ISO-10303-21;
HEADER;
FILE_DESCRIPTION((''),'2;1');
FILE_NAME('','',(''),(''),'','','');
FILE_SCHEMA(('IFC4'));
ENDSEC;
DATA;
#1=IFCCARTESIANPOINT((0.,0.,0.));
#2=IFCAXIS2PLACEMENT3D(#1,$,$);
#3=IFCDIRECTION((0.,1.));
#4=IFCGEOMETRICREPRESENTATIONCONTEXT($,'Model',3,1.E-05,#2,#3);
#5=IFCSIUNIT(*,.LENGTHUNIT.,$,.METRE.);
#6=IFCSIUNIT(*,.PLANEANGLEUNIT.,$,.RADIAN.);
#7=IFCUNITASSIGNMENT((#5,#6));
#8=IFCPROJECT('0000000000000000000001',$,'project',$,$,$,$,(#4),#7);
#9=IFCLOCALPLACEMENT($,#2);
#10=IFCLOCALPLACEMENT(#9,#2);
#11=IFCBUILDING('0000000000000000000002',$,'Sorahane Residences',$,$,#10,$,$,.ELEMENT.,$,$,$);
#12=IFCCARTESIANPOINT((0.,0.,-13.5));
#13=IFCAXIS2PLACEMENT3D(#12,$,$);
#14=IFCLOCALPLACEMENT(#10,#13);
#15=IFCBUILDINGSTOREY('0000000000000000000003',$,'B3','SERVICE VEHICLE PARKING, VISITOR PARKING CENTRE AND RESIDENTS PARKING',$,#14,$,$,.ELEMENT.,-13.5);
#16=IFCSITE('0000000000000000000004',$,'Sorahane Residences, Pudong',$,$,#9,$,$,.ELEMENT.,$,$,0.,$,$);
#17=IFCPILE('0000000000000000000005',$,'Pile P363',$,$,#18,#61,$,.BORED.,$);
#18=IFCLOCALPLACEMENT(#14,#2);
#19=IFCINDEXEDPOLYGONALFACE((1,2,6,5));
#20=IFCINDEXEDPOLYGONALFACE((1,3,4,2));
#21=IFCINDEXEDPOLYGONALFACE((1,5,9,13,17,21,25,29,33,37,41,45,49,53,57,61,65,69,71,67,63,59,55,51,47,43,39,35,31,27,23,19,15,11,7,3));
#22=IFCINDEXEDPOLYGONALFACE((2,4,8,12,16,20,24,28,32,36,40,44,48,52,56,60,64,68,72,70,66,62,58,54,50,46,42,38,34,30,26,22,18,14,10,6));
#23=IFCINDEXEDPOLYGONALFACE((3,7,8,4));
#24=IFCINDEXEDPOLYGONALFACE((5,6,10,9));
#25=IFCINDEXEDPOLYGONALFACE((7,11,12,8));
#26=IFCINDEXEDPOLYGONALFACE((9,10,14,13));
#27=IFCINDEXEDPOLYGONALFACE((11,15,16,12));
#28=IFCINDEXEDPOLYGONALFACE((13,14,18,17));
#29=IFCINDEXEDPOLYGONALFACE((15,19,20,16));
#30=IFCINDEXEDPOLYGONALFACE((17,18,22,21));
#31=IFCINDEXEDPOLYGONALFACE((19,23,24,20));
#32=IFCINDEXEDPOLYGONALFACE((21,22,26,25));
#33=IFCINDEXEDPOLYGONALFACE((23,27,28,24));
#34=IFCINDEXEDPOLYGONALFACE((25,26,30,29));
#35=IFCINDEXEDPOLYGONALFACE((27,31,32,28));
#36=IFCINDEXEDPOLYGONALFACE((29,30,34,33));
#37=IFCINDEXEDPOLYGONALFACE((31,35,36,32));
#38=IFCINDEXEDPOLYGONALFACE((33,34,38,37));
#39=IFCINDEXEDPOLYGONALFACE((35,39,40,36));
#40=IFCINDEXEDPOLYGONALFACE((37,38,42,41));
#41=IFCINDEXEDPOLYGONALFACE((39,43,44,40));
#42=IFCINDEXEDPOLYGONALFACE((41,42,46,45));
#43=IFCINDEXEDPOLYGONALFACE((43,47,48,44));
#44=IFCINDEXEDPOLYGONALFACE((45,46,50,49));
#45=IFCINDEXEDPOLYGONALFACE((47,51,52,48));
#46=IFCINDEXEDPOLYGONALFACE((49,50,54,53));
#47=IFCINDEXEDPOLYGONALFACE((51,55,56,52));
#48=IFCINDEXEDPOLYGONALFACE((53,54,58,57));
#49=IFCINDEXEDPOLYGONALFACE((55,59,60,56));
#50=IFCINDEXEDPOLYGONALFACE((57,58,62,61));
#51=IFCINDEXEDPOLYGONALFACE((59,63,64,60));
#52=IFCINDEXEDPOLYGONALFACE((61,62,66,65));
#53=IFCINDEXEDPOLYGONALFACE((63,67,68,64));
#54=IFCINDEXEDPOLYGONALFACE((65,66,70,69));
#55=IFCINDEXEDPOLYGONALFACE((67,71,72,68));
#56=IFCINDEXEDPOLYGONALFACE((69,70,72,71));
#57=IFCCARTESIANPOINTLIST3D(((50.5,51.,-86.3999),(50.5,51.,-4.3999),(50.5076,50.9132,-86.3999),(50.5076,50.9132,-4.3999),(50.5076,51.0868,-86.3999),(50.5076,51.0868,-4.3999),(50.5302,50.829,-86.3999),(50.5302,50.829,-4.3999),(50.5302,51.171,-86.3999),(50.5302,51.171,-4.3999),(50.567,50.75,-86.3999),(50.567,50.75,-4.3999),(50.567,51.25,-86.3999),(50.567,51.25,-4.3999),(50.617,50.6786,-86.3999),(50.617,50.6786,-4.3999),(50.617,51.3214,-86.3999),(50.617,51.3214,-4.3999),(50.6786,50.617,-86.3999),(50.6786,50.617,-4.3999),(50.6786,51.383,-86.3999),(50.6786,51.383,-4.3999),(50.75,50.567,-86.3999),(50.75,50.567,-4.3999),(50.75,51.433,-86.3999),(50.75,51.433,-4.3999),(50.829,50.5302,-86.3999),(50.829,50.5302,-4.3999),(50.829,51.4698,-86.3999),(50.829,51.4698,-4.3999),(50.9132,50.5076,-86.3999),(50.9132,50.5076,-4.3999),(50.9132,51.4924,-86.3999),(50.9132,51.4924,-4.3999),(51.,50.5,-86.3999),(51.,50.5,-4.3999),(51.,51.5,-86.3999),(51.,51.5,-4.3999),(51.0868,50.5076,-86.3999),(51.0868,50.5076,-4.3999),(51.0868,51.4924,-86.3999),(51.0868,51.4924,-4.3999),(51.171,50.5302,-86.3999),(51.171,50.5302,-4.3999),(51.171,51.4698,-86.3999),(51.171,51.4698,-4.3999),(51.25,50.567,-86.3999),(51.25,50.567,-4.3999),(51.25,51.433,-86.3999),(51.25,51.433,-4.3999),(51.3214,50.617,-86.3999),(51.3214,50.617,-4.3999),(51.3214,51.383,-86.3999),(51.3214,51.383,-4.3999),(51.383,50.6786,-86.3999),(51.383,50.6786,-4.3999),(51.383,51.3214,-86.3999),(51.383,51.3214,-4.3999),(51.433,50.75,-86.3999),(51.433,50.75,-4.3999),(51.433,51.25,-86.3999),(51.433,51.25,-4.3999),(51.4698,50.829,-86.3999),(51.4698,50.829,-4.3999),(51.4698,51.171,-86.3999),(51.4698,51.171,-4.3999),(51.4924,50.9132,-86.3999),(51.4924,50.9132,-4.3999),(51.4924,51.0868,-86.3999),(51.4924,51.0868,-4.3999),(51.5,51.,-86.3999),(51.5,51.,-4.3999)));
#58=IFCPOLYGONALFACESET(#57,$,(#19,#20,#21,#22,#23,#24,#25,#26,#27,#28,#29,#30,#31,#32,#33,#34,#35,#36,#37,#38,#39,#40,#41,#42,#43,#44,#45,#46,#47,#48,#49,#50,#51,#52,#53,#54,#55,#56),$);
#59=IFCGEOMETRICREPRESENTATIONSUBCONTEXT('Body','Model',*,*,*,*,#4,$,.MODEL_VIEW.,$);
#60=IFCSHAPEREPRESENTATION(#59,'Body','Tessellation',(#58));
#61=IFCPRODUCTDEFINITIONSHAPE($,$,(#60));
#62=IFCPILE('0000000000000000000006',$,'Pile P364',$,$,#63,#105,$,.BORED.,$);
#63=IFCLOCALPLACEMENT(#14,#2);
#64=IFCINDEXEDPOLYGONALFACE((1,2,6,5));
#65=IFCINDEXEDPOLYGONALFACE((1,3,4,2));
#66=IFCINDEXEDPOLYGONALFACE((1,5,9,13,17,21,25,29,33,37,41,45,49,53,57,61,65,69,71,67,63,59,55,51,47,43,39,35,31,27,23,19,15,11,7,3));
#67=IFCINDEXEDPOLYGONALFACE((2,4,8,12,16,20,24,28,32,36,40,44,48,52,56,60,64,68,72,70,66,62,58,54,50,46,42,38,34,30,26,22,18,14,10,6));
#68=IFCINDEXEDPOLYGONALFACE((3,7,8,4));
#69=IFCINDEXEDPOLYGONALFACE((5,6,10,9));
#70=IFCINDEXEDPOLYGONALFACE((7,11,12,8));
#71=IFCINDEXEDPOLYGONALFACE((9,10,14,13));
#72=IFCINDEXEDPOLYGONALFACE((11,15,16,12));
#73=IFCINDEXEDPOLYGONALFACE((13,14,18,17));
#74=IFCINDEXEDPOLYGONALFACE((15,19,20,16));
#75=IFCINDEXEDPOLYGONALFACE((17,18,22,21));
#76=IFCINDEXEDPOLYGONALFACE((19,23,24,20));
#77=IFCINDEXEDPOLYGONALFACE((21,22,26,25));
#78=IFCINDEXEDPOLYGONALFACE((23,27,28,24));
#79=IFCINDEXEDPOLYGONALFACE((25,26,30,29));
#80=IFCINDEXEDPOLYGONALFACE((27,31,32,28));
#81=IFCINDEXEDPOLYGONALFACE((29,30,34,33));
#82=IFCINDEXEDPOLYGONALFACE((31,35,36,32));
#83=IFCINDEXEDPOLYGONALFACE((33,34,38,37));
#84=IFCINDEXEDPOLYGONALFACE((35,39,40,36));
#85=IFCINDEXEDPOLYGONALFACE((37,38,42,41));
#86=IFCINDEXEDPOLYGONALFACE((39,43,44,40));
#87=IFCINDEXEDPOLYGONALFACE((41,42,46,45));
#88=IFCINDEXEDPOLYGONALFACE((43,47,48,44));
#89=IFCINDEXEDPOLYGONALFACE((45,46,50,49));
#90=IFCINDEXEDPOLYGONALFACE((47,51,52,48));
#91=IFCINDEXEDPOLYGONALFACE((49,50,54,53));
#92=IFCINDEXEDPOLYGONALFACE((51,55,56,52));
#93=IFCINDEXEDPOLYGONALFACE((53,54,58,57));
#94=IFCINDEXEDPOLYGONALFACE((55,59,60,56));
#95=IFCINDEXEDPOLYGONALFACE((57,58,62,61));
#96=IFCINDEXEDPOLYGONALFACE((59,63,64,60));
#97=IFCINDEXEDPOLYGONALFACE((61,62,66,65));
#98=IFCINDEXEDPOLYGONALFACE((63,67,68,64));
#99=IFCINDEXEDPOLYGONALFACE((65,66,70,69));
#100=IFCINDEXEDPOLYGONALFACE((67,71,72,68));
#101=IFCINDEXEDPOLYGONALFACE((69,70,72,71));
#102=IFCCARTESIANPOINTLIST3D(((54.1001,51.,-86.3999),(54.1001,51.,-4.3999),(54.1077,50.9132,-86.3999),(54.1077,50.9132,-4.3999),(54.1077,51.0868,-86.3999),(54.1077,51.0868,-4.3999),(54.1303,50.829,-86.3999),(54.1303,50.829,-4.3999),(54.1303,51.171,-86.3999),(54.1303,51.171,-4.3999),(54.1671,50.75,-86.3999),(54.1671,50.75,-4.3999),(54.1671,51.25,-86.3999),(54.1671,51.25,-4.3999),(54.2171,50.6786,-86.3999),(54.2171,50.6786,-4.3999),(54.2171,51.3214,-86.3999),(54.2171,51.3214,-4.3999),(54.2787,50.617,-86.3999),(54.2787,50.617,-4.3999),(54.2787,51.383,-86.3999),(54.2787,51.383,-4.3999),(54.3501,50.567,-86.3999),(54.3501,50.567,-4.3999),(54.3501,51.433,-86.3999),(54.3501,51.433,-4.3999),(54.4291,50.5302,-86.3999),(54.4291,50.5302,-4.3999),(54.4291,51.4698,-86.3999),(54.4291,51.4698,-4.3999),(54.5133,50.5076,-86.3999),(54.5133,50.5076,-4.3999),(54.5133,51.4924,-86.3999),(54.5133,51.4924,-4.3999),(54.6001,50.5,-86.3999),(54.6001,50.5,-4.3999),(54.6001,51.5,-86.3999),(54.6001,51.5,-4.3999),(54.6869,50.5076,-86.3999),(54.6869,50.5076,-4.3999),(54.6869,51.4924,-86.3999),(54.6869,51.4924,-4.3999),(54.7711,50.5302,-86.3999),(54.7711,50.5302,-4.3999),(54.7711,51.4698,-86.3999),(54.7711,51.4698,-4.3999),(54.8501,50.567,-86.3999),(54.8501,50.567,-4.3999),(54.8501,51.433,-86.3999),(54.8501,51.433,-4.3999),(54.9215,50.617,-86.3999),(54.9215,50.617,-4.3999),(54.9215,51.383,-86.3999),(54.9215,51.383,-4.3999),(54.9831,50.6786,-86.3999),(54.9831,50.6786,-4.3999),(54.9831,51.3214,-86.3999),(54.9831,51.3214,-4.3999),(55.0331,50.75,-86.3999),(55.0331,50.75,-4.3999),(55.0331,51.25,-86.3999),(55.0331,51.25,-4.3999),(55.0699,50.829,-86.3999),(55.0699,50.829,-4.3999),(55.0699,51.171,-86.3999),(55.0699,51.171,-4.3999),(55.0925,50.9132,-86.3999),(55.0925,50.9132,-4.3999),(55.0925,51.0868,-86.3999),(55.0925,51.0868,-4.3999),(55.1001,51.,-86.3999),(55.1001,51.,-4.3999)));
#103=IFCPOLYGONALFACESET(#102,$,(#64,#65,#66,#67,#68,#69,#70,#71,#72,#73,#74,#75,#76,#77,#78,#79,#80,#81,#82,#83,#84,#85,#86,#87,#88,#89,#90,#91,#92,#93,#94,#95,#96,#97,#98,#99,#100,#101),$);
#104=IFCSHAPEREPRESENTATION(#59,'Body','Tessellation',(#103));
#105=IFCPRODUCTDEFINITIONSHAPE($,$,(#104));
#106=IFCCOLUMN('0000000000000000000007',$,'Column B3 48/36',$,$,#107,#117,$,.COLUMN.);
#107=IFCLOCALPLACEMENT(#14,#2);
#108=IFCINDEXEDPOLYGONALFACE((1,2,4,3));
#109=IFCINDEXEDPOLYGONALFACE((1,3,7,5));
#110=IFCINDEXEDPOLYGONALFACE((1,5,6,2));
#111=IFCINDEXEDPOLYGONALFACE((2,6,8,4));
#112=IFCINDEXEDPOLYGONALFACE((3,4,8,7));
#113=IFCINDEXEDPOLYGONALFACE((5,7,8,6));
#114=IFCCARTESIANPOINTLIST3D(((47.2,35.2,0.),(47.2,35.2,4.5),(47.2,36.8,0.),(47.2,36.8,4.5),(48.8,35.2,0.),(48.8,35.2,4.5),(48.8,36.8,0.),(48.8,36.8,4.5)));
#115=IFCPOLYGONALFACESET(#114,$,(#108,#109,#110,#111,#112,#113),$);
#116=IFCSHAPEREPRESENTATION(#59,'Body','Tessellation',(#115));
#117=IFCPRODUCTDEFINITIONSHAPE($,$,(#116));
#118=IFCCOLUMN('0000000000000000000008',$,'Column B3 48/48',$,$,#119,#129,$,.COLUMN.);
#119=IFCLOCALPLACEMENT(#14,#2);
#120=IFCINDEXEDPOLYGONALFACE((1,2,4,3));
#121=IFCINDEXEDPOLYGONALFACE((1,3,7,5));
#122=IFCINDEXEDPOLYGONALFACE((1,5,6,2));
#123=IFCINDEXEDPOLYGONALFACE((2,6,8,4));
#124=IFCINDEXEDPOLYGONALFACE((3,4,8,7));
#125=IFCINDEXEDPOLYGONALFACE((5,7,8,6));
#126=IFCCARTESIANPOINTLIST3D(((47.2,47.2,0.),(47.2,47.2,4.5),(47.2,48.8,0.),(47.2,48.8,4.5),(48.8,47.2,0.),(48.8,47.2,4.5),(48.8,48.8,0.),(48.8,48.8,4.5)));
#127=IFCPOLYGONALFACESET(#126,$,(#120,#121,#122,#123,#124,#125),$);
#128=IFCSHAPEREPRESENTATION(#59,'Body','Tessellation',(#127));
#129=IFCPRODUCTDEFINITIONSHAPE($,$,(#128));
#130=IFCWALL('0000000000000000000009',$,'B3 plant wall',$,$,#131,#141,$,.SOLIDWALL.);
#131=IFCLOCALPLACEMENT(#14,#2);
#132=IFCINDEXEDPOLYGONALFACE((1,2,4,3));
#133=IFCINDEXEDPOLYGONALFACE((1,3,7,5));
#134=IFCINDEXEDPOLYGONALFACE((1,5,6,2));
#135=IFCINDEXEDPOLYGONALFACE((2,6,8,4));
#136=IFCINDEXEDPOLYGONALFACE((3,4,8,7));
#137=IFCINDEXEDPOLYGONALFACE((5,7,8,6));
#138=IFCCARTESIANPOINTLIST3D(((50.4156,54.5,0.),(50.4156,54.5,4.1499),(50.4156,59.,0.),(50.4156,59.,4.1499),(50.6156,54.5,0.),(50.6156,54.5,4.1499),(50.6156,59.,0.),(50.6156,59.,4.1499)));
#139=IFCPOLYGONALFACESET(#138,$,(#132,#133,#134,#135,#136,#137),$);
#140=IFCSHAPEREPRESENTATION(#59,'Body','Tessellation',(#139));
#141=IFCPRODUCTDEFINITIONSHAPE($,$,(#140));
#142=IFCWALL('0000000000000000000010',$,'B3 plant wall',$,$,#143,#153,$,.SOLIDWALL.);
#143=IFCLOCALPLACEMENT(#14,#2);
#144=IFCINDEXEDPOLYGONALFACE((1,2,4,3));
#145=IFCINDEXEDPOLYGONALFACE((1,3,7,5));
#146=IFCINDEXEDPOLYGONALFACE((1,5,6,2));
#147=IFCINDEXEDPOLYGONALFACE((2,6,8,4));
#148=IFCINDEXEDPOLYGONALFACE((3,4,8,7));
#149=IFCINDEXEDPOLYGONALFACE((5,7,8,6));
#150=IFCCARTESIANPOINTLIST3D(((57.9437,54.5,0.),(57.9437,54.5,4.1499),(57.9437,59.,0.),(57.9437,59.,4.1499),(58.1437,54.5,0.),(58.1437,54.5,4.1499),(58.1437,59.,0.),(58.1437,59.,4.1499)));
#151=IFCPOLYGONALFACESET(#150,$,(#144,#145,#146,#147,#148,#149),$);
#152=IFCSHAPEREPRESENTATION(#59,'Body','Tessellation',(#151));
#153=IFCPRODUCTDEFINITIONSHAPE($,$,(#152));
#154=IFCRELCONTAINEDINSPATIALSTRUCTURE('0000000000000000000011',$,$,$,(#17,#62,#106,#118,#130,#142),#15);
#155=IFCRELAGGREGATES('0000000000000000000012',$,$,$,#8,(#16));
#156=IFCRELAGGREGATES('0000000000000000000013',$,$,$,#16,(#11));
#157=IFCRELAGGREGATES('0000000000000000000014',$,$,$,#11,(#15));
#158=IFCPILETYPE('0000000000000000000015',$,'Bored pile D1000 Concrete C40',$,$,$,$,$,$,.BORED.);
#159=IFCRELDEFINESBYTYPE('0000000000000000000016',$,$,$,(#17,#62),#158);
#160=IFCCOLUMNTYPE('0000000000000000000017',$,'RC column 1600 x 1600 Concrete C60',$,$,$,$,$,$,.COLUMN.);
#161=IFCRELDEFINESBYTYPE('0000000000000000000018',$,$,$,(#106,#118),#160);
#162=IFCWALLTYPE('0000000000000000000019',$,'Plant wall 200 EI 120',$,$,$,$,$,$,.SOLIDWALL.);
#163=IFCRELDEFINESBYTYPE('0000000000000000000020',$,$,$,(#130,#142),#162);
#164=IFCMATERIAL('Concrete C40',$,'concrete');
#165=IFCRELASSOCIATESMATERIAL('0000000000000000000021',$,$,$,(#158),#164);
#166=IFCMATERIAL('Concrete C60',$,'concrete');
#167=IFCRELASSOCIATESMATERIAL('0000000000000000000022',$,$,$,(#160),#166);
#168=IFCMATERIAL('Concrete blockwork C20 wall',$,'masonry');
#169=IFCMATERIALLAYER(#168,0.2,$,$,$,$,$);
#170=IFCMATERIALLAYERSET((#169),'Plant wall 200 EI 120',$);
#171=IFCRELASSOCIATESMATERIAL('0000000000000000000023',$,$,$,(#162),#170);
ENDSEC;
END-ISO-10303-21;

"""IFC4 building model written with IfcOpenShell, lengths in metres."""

from ifc_helpers import new_model, si_unit, direction, frame, frame_2d, origin, origin_2d, place, context, subcontext, project, spatial, rectangle, circle, extrude, material, layer, layer_set, material_profile, profile_set, type_object, element, save


model = new_model("IFC4")

# Units and contexts
model_context = context("Model", 3, precision=1e-05, world=origin(), true_north=direction((0.0, 1.0)))
body_context = subcontext(model_context, "Body", "Model", "MODEL_VIEW")
ifc_project = project(units=[si_unit("LENGTHUNIT", "METRE"), si_unit("PLANEANGLEUNIT", "RADIAN")], contexts=[model_context])

# Site, building, storey
site_placement = place(None, origin())
site = spatial("IfcSite", under=ifc_project, at=site_placement, Name="Sorahane Residences, Pudong", CompositionType="ELEMENT", RefElevation=0.0)
building_placement = place(site_placement, origin())
building = spatial("IfcBuilding", under=site, at=building_placement, Name="Sorahane Residences", CompositionType="ELEMENT")
storey_placement = place(building_placement, frame((0.0, 0.0, -13.5)))
storey = spatial("IfcBuildingStorey", under=building, at=storey_placement, Name="B3", Description="SERVICE VEHICLE PARKING, VISITOR PARKING CENTRE AND RESIDENTS PARKING", CompositionType="ELEMENT", Elevation=-13.5)

# Piles
ifc_material_1 = material(Name="Concrete C40", Category="concrete")
ifc_material_profile_1 = material_profile(ifc_material_1, circle(Radius=0.5, at=origin_2d()), Name="D1000")
ifc_profile_set_1 = profile_set([ifc_material_profile_1], Name="Concrete C40")
pile_type = type_object("IfcPileType", Name="Bored pile D1000 Concrete C40", PredefinedType="BORED", material=ifc_profile_set_1)
for number, where, z_axis, x_axis, name in (
    (1, (51.0, 51.0, -4.3999), (0.0, 0.0, -1.0), (1.0, 0.0, 0.0), "Pile P363"),
    (2, (54.6001, 51.0, -4.3999), (0.0, 0.0, -1.0), (1.0, 0.0, 0.0), "Pile P364"),
):
    element("IfcPile", number, at=place(storey_placement, frame(where, z_axis=z_axis, x_axis=x_axis)), inside=storey, type_object=pile_type, Name=name, PredefinedType="BORED", context=body_context, shape_type="SweptSolid", body=[
        extrude(circle(Radius=0.5, at=origin_2d()), origin(), (0.0, 0.0, 1.0), 82.0),
    ])

# Columns
ifc_material_2 = material(Name="Concrete C60", Category="concrete")
ifc_material_profile_2 = material_profile(ifc_material_2, rectangle(XDim=1.6001, YDim=1.6001, at=origin_2d()), Name="1600x1600")
ifc_profile_set_2 = profile_set([ifc_material_profile_2], Name="Concrete C60")
column_type = type_object("IfcColumnType", Name="RC column 1600 x 1600 Concrete C60", PredefinedType="COLUMN", material=ifc_profile_set_2)
for number, where, z_axis, x_axis, name in (
    (3, (48.0, 36.0, 0.0), (0.0, 0.0, 1.0), (1.0, 0.0, 0.0), "Column B3 48/36"),
    (4, (48.0, 48.0, 0.0), (0.0, 0.0, 1.0), (1.0, 0.0, 0.0), "Column B3 48/48"),
):
    element("IfcColumn", number, at=place(storey_placement, frame(where, z_axis=z_axis, x_axis=x_axis)), inside=storey, type_object=column_type, Name=name, PredefinedType="COLUMN", context=body_context, shape_type="SweptSolid", body=[
        extrude(rectangle(XDim=1.6001, YDim=1.6001, at=origin_2d()), origin(), (0.0, 0.0, 1.0), 4.5),
    ])

# Walls
ifc_material_3 = material(Name="Concrete blockwork C20 wall", Category="masonry")
ifc_layer = layer(ifc_material_3, 0.2)
ifc_layer_set = layer_set([ifc_layer], Name="Plant wall 200 EI 120")
wall_type = type_object("IfcWallType", Name="Plant wall 200 EI 120", PredefinedType="SOLIDWALL", material=ifc_layer_set)
for number, where, z_axis, x_axis, name in (
    (5, (50.5156, 54.5, 0.0), (0.0, 0.0, 1.0), (0.0, 1.0, 0.0), "B3 plant wall"),
    (6, (58.0437, 54.5, 0.0), (0.0, 0.0, 1.0), (0.0, 1.0, 0.0), "B3 plant wall"),
):
    element("IfcWall", number, at=place(storey_placement, frame(where, z_axis=z_axis, x_axis=x_axis)), inside=storey, type_object=wall_type, Name=name, PredefinedType="SOLIDWALL", context=body_context, shape_type="SweptSolid", body=[
        extrude(rectangle(XDim=4.5, YDim=0.2, at=frame_2d((2.25, 0.0))), origin(), (0.0, 0.0, 1.0), 4.1499),
    ])

save(model, "model.ifc")
